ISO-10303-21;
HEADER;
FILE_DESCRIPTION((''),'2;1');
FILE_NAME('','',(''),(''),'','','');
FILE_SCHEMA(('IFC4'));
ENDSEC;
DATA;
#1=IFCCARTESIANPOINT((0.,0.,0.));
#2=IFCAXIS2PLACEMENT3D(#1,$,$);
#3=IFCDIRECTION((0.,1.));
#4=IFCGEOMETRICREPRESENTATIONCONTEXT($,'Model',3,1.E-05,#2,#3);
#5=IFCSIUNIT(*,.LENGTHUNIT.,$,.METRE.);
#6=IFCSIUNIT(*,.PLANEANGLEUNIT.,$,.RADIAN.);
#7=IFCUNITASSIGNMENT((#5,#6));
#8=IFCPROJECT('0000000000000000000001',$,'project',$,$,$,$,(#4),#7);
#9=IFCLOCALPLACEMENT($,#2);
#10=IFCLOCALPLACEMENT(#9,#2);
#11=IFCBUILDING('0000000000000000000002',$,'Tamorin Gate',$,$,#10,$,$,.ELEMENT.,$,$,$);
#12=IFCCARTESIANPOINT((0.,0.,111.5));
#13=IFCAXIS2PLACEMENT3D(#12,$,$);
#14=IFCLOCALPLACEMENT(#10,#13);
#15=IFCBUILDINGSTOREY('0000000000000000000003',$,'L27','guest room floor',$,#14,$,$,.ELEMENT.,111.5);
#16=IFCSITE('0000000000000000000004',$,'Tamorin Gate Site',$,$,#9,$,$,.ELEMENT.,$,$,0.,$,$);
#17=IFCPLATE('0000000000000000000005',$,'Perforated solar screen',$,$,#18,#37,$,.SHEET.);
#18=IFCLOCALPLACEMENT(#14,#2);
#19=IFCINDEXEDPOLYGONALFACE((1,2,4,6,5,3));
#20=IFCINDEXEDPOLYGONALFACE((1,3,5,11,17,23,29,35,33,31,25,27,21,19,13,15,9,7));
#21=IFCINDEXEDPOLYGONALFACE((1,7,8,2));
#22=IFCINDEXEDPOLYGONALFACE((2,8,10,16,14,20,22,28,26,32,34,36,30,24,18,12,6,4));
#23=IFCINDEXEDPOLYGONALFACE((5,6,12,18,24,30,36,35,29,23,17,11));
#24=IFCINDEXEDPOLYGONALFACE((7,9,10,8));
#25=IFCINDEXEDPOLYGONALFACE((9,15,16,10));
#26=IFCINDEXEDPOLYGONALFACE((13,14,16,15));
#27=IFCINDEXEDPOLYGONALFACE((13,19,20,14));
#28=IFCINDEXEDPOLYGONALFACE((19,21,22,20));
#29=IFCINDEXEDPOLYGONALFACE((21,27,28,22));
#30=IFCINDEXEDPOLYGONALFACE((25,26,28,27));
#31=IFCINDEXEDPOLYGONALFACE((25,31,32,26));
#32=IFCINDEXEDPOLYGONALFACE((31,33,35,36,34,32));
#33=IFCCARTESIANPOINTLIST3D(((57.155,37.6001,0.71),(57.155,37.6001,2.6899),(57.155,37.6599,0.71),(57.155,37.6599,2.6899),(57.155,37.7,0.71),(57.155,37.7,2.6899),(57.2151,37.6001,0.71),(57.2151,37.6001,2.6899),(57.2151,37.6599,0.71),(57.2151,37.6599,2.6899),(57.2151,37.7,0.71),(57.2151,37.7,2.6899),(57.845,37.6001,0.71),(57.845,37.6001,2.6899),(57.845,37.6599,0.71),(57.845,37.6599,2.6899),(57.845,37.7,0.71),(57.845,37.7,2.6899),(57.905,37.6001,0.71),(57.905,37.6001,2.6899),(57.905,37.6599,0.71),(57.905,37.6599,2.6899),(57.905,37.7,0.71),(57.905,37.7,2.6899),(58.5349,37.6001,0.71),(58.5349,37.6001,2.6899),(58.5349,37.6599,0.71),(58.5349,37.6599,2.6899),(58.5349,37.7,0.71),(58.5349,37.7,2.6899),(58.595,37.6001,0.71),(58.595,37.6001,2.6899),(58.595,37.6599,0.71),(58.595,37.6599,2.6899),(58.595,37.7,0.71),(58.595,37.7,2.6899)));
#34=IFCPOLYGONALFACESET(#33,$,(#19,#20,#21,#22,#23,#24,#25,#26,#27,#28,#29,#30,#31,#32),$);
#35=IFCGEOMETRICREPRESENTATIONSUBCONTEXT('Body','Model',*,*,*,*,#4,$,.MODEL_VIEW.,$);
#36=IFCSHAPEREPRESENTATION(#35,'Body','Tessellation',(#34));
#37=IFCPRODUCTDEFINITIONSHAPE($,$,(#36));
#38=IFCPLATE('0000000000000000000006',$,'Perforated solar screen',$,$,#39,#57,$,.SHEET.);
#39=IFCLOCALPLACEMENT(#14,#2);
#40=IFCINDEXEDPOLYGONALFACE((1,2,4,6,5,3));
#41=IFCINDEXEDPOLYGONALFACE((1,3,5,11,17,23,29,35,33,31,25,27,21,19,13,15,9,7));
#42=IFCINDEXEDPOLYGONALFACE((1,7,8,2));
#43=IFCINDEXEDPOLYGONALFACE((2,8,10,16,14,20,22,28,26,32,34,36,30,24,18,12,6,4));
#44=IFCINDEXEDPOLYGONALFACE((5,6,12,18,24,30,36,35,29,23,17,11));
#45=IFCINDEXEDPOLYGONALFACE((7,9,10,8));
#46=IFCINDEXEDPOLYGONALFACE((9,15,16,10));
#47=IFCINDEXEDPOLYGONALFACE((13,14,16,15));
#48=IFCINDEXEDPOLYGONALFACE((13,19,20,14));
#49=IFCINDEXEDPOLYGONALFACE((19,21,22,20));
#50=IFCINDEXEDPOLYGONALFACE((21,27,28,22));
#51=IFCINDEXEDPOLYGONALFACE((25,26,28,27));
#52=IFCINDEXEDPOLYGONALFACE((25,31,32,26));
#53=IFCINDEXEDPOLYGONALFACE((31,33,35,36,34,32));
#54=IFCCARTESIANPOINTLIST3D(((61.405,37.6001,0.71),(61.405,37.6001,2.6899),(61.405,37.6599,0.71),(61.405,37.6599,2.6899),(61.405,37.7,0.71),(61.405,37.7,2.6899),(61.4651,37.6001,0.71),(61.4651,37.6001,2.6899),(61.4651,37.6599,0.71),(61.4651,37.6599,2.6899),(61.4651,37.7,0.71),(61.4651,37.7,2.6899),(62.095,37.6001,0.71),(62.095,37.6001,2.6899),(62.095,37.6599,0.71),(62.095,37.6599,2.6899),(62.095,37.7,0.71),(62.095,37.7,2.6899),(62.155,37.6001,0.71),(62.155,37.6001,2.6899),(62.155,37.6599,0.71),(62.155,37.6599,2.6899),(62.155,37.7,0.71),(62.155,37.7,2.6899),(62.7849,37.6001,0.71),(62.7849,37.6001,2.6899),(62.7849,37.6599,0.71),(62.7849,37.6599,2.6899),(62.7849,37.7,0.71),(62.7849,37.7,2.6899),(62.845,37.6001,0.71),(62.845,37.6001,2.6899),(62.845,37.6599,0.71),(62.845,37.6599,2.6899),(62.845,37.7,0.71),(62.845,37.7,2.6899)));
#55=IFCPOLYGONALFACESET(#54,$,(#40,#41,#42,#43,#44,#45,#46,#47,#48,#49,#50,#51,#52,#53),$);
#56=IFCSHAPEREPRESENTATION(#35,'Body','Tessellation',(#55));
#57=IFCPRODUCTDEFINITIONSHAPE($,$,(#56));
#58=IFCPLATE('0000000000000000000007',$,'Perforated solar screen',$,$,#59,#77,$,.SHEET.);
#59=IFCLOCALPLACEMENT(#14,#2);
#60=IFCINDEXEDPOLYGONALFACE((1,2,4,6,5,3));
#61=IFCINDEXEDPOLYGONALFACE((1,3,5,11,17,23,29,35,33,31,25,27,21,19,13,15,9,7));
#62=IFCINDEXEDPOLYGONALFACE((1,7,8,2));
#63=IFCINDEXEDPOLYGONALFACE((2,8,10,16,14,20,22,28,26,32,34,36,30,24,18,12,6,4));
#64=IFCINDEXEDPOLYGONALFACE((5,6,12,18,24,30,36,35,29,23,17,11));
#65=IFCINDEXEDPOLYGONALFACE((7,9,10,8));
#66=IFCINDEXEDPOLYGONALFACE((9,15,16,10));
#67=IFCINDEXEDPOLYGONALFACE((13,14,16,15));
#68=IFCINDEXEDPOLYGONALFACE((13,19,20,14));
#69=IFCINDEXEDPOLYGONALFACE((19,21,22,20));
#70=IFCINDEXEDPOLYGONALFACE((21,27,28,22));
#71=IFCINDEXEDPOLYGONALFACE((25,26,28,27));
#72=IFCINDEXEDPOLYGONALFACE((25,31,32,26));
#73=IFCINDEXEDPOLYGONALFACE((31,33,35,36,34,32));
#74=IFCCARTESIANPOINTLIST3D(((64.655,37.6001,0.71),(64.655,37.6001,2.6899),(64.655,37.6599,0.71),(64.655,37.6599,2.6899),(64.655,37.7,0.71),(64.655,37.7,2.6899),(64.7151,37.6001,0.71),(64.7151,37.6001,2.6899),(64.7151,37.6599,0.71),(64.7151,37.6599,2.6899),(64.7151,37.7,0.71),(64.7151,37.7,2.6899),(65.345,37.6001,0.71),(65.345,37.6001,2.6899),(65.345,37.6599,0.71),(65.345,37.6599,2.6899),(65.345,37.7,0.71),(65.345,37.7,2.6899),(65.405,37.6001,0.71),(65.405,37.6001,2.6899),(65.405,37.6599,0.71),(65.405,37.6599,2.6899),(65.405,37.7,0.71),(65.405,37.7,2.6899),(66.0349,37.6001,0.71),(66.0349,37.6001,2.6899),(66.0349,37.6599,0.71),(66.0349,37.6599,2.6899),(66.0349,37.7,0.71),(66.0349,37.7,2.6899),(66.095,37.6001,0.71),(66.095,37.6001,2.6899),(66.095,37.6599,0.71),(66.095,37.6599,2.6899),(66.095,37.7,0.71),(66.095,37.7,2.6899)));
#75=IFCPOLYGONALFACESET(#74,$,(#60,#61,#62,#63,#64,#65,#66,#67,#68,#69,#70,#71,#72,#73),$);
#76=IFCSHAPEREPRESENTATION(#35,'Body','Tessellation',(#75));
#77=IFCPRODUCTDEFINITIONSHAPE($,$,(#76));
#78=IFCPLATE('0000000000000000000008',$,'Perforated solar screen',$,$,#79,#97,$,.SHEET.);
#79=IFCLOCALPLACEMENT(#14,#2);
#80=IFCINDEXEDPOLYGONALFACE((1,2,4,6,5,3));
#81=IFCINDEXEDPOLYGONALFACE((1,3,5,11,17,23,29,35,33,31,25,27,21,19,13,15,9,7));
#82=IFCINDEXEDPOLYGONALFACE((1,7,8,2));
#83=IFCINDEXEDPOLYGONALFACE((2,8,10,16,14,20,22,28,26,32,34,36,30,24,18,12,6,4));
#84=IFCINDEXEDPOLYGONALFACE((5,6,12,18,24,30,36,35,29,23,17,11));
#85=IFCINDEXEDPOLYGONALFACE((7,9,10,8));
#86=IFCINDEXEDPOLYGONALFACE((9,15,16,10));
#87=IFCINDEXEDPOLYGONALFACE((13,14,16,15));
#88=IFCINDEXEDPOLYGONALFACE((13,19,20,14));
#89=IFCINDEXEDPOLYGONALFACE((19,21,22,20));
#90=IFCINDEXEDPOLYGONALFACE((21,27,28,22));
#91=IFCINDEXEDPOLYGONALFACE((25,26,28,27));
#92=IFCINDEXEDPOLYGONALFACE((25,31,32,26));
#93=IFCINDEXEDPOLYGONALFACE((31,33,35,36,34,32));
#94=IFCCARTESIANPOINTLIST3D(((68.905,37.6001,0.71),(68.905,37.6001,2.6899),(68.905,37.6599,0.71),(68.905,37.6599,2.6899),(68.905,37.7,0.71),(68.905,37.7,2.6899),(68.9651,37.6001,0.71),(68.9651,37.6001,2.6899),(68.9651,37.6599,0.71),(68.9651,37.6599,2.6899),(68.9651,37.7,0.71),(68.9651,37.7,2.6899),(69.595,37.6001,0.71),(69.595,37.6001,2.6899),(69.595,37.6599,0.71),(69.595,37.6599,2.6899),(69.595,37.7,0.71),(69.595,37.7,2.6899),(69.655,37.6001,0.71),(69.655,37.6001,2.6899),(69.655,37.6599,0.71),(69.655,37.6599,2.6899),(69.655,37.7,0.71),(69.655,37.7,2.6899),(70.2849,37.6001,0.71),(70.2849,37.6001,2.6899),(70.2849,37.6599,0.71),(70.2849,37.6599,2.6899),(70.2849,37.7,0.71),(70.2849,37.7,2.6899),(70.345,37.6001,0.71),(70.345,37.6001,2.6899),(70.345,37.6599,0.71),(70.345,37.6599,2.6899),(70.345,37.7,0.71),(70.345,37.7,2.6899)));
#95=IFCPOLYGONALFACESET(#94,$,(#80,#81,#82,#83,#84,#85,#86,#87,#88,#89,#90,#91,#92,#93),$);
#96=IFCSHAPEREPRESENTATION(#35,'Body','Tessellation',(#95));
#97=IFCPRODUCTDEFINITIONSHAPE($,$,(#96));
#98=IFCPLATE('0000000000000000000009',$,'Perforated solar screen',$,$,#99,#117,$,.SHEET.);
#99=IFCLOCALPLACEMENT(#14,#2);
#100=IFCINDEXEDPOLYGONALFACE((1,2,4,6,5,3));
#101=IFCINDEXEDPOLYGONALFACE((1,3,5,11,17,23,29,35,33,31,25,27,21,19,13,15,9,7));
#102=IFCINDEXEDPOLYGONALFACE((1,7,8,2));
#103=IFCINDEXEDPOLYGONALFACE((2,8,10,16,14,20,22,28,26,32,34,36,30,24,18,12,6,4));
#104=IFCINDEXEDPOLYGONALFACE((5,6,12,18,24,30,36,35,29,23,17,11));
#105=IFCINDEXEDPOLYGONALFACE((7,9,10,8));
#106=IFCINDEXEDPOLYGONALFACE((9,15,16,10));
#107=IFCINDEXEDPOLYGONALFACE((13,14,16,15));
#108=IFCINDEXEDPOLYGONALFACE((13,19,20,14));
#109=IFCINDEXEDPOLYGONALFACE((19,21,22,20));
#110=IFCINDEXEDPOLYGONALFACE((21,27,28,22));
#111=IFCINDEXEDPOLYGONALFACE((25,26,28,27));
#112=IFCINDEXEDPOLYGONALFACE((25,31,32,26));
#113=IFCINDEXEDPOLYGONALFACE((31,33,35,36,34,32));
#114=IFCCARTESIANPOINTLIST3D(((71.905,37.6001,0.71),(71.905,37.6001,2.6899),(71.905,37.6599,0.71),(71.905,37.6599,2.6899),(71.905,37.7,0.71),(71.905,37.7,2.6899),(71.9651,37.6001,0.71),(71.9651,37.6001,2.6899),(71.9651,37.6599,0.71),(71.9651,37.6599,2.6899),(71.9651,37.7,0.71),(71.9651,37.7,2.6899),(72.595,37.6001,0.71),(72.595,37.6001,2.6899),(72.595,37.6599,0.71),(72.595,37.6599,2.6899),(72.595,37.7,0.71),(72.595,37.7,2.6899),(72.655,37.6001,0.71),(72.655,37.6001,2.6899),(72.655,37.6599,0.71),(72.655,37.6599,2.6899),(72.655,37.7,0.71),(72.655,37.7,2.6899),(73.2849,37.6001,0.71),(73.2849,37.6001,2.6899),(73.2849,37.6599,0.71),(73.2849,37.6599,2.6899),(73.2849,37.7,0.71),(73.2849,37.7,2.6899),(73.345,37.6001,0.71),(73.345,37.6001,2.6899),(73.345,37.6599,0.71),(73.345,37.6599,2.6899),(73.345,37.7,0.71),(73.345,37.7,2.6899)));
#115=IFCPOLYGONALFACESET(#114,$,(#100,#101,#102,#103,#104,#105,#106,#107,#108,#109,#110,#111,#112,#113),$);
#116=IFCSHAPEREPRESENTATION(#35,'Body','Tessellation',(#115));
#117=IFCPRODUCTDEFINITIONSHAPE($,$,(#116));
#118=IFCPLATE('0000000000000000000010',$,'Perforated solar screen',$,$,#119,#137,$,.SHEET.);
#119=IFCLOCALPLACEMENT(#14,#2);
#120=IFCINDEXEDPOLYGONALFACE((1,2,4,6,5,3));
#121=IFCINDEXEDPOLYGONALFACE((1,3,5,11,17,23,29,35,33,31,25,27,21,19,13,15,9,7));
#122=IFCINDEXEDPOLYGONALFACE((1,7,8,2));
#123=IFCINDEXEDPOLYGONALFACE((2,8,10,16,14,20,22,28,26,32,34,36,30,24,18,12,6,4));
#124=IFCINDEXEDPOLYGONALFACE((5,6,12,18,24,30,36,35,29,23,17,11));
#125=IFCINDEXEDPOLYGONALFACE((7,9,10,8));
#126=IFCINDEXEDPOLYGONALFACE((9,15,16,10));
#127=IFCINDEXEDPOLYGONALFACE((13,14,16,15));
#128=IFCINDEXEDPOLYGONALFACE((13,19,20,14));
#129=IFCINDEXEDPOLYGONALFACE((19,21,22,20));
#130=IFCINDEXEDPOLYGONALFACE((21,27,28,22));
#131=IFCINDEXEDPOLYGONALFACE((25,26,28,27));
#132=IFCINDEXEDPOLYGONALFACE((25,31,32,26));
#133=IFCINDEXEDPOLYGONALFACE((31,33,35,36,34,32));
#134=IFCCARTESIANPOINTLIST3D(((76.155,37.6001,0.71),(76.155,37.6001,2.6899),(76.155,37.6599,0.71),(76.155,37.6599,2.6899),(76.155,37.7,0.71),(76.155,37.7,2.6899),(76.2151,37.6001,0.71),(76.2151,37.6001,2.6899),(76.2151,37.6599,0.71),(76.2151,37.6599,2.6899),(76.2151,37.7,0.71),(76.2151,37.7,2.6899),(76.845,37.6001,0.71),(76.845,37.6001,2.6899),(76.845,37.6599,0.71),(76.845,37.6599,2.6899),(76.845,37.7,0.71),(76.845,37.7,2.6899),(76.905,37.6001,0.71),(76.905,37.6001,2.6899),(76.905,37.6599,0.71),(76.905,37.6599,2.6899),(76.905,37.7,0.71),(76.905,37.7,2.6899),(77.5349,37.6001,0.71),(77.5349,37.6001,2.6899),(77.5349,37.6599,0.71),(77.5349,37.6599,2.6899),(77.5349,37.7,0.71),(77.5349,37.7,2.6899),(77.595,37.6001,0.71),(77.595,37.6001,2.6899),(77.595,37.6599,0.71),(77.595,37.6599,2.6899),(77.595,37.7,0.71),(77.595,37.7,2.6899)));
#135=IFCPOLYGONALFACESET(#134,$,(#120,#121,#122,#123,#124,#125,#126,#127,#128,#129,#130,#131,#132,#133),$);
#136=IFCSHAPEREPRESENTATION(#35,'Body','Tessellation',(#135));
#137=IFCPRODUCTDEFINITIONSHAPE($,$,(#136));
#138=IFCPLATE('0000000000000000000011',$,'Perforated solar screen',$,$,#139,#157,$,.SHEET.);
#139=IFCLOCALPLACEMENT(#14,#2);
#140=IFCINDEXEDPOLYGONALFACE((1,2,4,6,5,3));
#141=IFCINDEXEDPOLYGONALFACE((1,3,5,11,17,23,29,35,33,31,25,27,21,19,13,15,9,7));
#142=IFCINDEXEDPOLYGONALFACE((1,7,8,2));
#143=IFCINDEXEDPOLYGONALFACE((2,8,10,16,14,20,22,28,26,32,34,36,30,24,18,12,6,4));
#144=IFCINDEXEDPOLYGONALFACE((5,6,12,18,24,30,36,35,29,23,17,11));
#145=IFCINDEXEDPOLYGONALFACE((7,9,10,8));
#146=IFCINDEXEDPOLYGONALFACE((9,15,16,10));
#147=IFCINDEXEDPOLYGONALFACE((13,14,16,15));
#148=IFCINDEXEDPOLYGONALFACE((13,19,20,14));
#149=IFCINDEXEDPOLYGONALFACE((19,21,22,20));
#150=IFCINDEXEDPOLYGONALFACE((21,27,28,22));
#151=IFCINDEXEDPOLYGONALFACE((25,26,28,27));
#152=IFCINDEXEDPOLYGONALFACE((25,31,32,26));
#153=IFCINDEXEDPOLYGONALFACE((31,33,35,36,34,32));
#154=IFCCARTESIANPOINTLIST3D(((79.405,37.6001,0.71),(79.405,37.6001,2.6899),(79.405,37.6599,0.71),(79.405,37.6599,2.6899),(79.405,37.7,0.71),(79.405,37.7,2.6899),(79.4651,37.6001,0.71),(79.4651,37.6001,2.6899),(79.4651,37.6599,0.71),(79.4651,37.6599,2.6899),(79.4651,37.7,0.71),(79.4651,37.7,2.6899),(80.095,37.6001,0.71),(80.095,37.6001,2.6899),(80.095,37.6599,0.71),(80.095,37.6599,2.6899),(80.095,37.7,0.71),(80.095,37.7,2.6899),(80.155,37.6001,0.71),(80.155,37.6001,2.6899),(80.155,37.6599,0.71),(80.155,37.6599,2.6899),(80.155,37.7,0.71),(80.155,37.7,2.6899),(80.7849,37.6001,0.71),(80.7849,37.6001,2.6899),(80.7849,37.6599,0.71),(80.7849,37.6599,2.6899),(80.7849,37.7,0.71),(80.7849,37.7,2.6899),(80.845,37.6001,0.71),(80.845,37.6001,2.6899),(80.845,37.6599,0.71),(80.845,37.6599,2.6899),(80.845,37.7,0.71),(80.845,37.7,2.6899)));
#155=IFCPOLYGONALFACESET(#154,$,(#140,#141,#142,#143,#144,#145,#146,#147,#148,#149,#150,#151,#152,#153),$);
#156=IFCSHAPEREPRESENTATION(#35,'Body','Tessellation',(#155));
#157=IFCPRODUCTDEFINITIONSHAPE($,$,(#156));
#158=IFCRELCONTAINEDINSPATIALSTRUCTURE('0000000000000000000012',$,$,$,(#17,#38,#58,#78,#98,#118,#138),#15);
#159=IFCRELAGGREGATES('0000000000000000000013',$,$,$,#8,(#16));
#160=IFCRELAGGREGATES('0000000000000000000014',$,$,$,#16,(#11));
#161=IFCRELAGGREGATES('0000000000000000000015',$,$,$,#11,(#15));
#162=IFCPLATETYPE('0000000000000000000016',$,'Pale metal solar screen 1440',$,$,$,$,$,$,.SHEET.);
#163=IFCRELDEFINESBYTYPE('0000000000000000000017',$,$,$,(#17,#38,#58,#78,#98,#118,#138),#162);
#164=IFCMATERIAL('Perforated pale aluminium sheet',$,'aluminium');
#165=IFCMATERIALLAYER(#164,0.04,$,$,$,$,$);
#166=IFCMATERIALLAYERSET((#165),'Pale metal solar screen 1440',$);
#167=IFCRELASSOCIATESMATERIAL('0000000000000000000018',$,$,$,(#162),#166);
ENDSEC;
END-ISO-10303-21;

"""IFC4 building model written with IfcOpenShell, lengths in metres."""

from ifc_helpers import new_model, si_unit, direction, frame, origin, place, context, subcontext, project, spatial, polyline, outline, extrude, material, layer, layer_set, type_object, element, save


model = new_model("IFC4")

# Units and contexts
model_context = context("Model", 3, precision=1e-05, world=origin(), true_north=direction((0.0, 1.0)))
body_context = subcontext(model_context, "Body", "Model", "MODEL_VIEW")
ifc_project = project(units=[si_unit("LENGTHUNIT", "METRE"), si_unit("PLANEANGLEUNIT", "RADIAN")], contexts=[model_context])

# Site, building, storey
site_placement = place(None, origin())
site = spatial("IfcSite", under=ifc_project, at=site_placement, Name="Tamorin Gate Site", CompositionType="ELEMENT", RefElevation=0.0)
building_placement = place(site_placement, origin())
building = spatial("IfcBuilding", under=site, at=building_placement, Name="Tamorin Gate", CompositionType="ELEMENT")
storey_placement = place(building_placement, frame((0.0, 0.0, 111.5)))
storey = spatial("IfcBuildingStorey", under=building, at=storey_placement, Name="L27", Description="guest room floor", CompositionType="ELEMENT", Elevation=111.5)

# Plates
ifc_material_1 = material(Name="Perforated pale aluminium sheet", Category="aluminium")
ifc_layer_1 = layer(ifc_material_1, 0.04)
ifc_layer_set_1 = layer_set([ifc_layer_1], Name="Pale metal solar screen 1440")
plate_type = type_object("IfcPlateType", Name="Pale metal solar screen 1440", PredefinedType="SHEET", material=ifc_layer_set_1)
plate_1_placement = place(storey_placement, frame((0.0, 0.0, 0.71)))
element("IfcPlate", 1, at=plate_1_placement, inside=storey, type_object=plate_type, Name="Perforated solar screen", PredefinedType="SHEET", context=body_context, shape_type="SweptSolid", body=[
    extrude(outline(polyline([(57.155, 37.6599), (57.155, 37.7), (57.2151, 37.7), (57.845, 37.7), (57.905, 37.7), (58.5349, 37.7), (58.595, 37.7), (58.595, 37.6599), (58.595, 37.6001), (58.5349, 37.6001), (58.5349, 37.6599), (57.905, 37.6599), (57.905, 37.6001), (57.845, 37.6001), (57.845, 37.6599), (57.2151, 37.6599), (57.2151, 37.6001), (57.155, 37.6001), (57.155, 37.6599)])), origin(), (0.0, 0.0, 1.0), 1.98),
])
plate_2_placement = place(storey_placement, frame((0.0, 0.0, 0.71)))
element("IfcPlate", 2, at=plate_2_placement, inside=storey, type_object=plate_type, Name="Perforated solar screen", PredefinedType="SHEET", context=body_context, shape_type="SweptSolid", body=[
    extrude(outline(polyline([(61.405, 37.6599), (61.405, 37.7), (61.4651, 37.7), (62.095, 37.7), (62.155, 37.7), (62.7849, 37.7), (62.845, 37.7), (62.845, 37.6599), (62.845, 37.6001), (62.7849, 37.6001), (62.7849, 37.6599), (62.155, 37.6599), (62.155, 37.6001), (62.095, 37.6001), (62.095, 37.6599), (61.4651, 37.6599), (61.4651, 37.6001), (61.405, 37.6001), (61.405, 37.6599)])), origin(), (0.0, 0.0, 1.0), 1.98),
])
plate_3_placement = place(storey_placement, frame((0.0, 0.0, 0.71)))
element("IfcPlate", 3, at=plate_3_placement, inside=storey, type_object=plate_type, Name="Perforated solar screen", PredefinedType="SHEET", context=body_context, shape_type="SweptSolid", body=[
    extrude(outline(polyline([(64.655, 37.6599), (64.655, 37.7), (64.7151, 37.7), (65.345, 37.7), (65.405, 37.7), (66.0349, 37.7), (66.095, 37.7), (66.095, 37.6599), (66.095, 37.6001), (66.0349, 37.6001), (66.0349, 37.6599), (65.405, 37.6599), (65.405, 37.6001), (65.345, 37.6001), (65.345, 37.6599), (64.7151, 37.6599), (64.7151, 37.6001), (64.655, 37.6001), (64.655, 37.6599)])), origin(), (0.0, 0.0, 1.0), 1.98),
])
plate_4_placement = place(storey_placement, frame((0.0, 0.0, 0.71)))
element("IfcPlate", 4, at=plate_4_placement, inside=storey, type_object=plate_type, Name="Perforated solar screen", PredefinedType="SHEET", context=body_context, shape_type="SweptSolid", body=[
    extrude(outline(polyline([(68.905, 37.6599), (68.905, 37.7), (68.9651, 37.7), (69.595, 37.7), (69.655, 37.7), (70.2849, 37.7), (70.345, 37.7), (70.345, 37.6599), (70.345, 37.6001), (70.2849, 37.6001), (70.2849, 37.6599), (69.655, 37.6599), (69.655, 37.6001), (69.595, 37.6001), (69.595, 37.6599), (68.9651, 37.6599), (68.9651, 37.6001), (68.905, 37.6001), (68.905, 37.6599)])), origin(), (0.0, 0.0, 1.0), 1.98),
])
plate_5_placement = place(storey_placement, frame((0.0, 0.0, 0.71)))
element("IfcPlate", 5, at=plate_5_placement, inside=storey, type_object=plate_type, Name="Perforated solar screen", PredefinedType="SHEET", context=body_context, shape_type="SweptSolid", body=[
    extrude(outline(polyline([(71.905, 37.6599), (71.905, 37.7), (71.9651, 37.7), (72.595, 37.7), (72.655, 37.7), (73.2849, 37.7), (73.345, 37.7), (73.345, 37.6599), (73.345, 37.6001), (73.2849, 37.6001), (73.2849, 37.6599), (72.655, 37.6599), (72.655, 37.6001), (72.595, 37.6001), (72.595, 37.6599), (71.9651, 37.6599), (71.9651, 37.6001), (71.905, 37.6001), (71.905, 37.6599)])), origin(), (0.0, 0.0, 1.0), 1.98),
])
plate_6_placement = place(storey_placement, frame((0.0, 0.0, 0.71)))
element("IfcPlate", 6, at=plate_6_placement, inside=storey, type_object=plate_type, Name="Perforated solar screen", PredefinedType="SHEET", context=body_context, shape_type="SweptSolid", body=[
    extrude(outline(polyline([(76.155, 37.6599), (76.155, 37.7), (76.2151, 37.7), (76.845, 37.7), (76.905, 37.7), (77.5349, 37.7), (77.595, 37.7), (77.595, 37.6599), (77.595, 37.6001), (77.5349, 37.6001), (77.5349, 37.6599), (76.905, 37.6599), (76.905, 37.6001), (76.845, 37.6001), (76.845, 37.6599), (76.2151, 37.6599), (76.2151, 37.6001), (76.155, 37.6001), (76.155, 37.6599)])), origin(), (0.0, 0.0, 1.0), 1.98),
])
plate_7_placement = place(storey_placement, frame((0.0, 0.0, 0.71)))
element("IfcPlate", 7, at=plate_7_placement, inside=storey, type_object=plate_type, Name="Perforated solar screen", PredefinedType="SHEET", context=body_context, shape_type="SweptSolid", body=[
    extrude(outline(polyline([(79.405, 37.6599), (79.405, 37.7), (79.4651, 37.7), (80.095, 37.7), (80.155, 37.7), (80.7849, 37.7), (80.845, 37.7), (80.845, 37.6599), (80.845, 37.6001), (80.7849, 37.6001), (80.7849, 37.6599), (80.155, 37.6599), (80.155, 37.6001), (80.095, 37.6001), (80.095, 37.6599), (79.4651, 37.6599), (79.4651, 37.6001), (79.405, 37.6001), (79.405, 37.6599)])), origin(), (0.0, 0.0, 1.0), 1.98),
])

save(model, "model.ifc")
